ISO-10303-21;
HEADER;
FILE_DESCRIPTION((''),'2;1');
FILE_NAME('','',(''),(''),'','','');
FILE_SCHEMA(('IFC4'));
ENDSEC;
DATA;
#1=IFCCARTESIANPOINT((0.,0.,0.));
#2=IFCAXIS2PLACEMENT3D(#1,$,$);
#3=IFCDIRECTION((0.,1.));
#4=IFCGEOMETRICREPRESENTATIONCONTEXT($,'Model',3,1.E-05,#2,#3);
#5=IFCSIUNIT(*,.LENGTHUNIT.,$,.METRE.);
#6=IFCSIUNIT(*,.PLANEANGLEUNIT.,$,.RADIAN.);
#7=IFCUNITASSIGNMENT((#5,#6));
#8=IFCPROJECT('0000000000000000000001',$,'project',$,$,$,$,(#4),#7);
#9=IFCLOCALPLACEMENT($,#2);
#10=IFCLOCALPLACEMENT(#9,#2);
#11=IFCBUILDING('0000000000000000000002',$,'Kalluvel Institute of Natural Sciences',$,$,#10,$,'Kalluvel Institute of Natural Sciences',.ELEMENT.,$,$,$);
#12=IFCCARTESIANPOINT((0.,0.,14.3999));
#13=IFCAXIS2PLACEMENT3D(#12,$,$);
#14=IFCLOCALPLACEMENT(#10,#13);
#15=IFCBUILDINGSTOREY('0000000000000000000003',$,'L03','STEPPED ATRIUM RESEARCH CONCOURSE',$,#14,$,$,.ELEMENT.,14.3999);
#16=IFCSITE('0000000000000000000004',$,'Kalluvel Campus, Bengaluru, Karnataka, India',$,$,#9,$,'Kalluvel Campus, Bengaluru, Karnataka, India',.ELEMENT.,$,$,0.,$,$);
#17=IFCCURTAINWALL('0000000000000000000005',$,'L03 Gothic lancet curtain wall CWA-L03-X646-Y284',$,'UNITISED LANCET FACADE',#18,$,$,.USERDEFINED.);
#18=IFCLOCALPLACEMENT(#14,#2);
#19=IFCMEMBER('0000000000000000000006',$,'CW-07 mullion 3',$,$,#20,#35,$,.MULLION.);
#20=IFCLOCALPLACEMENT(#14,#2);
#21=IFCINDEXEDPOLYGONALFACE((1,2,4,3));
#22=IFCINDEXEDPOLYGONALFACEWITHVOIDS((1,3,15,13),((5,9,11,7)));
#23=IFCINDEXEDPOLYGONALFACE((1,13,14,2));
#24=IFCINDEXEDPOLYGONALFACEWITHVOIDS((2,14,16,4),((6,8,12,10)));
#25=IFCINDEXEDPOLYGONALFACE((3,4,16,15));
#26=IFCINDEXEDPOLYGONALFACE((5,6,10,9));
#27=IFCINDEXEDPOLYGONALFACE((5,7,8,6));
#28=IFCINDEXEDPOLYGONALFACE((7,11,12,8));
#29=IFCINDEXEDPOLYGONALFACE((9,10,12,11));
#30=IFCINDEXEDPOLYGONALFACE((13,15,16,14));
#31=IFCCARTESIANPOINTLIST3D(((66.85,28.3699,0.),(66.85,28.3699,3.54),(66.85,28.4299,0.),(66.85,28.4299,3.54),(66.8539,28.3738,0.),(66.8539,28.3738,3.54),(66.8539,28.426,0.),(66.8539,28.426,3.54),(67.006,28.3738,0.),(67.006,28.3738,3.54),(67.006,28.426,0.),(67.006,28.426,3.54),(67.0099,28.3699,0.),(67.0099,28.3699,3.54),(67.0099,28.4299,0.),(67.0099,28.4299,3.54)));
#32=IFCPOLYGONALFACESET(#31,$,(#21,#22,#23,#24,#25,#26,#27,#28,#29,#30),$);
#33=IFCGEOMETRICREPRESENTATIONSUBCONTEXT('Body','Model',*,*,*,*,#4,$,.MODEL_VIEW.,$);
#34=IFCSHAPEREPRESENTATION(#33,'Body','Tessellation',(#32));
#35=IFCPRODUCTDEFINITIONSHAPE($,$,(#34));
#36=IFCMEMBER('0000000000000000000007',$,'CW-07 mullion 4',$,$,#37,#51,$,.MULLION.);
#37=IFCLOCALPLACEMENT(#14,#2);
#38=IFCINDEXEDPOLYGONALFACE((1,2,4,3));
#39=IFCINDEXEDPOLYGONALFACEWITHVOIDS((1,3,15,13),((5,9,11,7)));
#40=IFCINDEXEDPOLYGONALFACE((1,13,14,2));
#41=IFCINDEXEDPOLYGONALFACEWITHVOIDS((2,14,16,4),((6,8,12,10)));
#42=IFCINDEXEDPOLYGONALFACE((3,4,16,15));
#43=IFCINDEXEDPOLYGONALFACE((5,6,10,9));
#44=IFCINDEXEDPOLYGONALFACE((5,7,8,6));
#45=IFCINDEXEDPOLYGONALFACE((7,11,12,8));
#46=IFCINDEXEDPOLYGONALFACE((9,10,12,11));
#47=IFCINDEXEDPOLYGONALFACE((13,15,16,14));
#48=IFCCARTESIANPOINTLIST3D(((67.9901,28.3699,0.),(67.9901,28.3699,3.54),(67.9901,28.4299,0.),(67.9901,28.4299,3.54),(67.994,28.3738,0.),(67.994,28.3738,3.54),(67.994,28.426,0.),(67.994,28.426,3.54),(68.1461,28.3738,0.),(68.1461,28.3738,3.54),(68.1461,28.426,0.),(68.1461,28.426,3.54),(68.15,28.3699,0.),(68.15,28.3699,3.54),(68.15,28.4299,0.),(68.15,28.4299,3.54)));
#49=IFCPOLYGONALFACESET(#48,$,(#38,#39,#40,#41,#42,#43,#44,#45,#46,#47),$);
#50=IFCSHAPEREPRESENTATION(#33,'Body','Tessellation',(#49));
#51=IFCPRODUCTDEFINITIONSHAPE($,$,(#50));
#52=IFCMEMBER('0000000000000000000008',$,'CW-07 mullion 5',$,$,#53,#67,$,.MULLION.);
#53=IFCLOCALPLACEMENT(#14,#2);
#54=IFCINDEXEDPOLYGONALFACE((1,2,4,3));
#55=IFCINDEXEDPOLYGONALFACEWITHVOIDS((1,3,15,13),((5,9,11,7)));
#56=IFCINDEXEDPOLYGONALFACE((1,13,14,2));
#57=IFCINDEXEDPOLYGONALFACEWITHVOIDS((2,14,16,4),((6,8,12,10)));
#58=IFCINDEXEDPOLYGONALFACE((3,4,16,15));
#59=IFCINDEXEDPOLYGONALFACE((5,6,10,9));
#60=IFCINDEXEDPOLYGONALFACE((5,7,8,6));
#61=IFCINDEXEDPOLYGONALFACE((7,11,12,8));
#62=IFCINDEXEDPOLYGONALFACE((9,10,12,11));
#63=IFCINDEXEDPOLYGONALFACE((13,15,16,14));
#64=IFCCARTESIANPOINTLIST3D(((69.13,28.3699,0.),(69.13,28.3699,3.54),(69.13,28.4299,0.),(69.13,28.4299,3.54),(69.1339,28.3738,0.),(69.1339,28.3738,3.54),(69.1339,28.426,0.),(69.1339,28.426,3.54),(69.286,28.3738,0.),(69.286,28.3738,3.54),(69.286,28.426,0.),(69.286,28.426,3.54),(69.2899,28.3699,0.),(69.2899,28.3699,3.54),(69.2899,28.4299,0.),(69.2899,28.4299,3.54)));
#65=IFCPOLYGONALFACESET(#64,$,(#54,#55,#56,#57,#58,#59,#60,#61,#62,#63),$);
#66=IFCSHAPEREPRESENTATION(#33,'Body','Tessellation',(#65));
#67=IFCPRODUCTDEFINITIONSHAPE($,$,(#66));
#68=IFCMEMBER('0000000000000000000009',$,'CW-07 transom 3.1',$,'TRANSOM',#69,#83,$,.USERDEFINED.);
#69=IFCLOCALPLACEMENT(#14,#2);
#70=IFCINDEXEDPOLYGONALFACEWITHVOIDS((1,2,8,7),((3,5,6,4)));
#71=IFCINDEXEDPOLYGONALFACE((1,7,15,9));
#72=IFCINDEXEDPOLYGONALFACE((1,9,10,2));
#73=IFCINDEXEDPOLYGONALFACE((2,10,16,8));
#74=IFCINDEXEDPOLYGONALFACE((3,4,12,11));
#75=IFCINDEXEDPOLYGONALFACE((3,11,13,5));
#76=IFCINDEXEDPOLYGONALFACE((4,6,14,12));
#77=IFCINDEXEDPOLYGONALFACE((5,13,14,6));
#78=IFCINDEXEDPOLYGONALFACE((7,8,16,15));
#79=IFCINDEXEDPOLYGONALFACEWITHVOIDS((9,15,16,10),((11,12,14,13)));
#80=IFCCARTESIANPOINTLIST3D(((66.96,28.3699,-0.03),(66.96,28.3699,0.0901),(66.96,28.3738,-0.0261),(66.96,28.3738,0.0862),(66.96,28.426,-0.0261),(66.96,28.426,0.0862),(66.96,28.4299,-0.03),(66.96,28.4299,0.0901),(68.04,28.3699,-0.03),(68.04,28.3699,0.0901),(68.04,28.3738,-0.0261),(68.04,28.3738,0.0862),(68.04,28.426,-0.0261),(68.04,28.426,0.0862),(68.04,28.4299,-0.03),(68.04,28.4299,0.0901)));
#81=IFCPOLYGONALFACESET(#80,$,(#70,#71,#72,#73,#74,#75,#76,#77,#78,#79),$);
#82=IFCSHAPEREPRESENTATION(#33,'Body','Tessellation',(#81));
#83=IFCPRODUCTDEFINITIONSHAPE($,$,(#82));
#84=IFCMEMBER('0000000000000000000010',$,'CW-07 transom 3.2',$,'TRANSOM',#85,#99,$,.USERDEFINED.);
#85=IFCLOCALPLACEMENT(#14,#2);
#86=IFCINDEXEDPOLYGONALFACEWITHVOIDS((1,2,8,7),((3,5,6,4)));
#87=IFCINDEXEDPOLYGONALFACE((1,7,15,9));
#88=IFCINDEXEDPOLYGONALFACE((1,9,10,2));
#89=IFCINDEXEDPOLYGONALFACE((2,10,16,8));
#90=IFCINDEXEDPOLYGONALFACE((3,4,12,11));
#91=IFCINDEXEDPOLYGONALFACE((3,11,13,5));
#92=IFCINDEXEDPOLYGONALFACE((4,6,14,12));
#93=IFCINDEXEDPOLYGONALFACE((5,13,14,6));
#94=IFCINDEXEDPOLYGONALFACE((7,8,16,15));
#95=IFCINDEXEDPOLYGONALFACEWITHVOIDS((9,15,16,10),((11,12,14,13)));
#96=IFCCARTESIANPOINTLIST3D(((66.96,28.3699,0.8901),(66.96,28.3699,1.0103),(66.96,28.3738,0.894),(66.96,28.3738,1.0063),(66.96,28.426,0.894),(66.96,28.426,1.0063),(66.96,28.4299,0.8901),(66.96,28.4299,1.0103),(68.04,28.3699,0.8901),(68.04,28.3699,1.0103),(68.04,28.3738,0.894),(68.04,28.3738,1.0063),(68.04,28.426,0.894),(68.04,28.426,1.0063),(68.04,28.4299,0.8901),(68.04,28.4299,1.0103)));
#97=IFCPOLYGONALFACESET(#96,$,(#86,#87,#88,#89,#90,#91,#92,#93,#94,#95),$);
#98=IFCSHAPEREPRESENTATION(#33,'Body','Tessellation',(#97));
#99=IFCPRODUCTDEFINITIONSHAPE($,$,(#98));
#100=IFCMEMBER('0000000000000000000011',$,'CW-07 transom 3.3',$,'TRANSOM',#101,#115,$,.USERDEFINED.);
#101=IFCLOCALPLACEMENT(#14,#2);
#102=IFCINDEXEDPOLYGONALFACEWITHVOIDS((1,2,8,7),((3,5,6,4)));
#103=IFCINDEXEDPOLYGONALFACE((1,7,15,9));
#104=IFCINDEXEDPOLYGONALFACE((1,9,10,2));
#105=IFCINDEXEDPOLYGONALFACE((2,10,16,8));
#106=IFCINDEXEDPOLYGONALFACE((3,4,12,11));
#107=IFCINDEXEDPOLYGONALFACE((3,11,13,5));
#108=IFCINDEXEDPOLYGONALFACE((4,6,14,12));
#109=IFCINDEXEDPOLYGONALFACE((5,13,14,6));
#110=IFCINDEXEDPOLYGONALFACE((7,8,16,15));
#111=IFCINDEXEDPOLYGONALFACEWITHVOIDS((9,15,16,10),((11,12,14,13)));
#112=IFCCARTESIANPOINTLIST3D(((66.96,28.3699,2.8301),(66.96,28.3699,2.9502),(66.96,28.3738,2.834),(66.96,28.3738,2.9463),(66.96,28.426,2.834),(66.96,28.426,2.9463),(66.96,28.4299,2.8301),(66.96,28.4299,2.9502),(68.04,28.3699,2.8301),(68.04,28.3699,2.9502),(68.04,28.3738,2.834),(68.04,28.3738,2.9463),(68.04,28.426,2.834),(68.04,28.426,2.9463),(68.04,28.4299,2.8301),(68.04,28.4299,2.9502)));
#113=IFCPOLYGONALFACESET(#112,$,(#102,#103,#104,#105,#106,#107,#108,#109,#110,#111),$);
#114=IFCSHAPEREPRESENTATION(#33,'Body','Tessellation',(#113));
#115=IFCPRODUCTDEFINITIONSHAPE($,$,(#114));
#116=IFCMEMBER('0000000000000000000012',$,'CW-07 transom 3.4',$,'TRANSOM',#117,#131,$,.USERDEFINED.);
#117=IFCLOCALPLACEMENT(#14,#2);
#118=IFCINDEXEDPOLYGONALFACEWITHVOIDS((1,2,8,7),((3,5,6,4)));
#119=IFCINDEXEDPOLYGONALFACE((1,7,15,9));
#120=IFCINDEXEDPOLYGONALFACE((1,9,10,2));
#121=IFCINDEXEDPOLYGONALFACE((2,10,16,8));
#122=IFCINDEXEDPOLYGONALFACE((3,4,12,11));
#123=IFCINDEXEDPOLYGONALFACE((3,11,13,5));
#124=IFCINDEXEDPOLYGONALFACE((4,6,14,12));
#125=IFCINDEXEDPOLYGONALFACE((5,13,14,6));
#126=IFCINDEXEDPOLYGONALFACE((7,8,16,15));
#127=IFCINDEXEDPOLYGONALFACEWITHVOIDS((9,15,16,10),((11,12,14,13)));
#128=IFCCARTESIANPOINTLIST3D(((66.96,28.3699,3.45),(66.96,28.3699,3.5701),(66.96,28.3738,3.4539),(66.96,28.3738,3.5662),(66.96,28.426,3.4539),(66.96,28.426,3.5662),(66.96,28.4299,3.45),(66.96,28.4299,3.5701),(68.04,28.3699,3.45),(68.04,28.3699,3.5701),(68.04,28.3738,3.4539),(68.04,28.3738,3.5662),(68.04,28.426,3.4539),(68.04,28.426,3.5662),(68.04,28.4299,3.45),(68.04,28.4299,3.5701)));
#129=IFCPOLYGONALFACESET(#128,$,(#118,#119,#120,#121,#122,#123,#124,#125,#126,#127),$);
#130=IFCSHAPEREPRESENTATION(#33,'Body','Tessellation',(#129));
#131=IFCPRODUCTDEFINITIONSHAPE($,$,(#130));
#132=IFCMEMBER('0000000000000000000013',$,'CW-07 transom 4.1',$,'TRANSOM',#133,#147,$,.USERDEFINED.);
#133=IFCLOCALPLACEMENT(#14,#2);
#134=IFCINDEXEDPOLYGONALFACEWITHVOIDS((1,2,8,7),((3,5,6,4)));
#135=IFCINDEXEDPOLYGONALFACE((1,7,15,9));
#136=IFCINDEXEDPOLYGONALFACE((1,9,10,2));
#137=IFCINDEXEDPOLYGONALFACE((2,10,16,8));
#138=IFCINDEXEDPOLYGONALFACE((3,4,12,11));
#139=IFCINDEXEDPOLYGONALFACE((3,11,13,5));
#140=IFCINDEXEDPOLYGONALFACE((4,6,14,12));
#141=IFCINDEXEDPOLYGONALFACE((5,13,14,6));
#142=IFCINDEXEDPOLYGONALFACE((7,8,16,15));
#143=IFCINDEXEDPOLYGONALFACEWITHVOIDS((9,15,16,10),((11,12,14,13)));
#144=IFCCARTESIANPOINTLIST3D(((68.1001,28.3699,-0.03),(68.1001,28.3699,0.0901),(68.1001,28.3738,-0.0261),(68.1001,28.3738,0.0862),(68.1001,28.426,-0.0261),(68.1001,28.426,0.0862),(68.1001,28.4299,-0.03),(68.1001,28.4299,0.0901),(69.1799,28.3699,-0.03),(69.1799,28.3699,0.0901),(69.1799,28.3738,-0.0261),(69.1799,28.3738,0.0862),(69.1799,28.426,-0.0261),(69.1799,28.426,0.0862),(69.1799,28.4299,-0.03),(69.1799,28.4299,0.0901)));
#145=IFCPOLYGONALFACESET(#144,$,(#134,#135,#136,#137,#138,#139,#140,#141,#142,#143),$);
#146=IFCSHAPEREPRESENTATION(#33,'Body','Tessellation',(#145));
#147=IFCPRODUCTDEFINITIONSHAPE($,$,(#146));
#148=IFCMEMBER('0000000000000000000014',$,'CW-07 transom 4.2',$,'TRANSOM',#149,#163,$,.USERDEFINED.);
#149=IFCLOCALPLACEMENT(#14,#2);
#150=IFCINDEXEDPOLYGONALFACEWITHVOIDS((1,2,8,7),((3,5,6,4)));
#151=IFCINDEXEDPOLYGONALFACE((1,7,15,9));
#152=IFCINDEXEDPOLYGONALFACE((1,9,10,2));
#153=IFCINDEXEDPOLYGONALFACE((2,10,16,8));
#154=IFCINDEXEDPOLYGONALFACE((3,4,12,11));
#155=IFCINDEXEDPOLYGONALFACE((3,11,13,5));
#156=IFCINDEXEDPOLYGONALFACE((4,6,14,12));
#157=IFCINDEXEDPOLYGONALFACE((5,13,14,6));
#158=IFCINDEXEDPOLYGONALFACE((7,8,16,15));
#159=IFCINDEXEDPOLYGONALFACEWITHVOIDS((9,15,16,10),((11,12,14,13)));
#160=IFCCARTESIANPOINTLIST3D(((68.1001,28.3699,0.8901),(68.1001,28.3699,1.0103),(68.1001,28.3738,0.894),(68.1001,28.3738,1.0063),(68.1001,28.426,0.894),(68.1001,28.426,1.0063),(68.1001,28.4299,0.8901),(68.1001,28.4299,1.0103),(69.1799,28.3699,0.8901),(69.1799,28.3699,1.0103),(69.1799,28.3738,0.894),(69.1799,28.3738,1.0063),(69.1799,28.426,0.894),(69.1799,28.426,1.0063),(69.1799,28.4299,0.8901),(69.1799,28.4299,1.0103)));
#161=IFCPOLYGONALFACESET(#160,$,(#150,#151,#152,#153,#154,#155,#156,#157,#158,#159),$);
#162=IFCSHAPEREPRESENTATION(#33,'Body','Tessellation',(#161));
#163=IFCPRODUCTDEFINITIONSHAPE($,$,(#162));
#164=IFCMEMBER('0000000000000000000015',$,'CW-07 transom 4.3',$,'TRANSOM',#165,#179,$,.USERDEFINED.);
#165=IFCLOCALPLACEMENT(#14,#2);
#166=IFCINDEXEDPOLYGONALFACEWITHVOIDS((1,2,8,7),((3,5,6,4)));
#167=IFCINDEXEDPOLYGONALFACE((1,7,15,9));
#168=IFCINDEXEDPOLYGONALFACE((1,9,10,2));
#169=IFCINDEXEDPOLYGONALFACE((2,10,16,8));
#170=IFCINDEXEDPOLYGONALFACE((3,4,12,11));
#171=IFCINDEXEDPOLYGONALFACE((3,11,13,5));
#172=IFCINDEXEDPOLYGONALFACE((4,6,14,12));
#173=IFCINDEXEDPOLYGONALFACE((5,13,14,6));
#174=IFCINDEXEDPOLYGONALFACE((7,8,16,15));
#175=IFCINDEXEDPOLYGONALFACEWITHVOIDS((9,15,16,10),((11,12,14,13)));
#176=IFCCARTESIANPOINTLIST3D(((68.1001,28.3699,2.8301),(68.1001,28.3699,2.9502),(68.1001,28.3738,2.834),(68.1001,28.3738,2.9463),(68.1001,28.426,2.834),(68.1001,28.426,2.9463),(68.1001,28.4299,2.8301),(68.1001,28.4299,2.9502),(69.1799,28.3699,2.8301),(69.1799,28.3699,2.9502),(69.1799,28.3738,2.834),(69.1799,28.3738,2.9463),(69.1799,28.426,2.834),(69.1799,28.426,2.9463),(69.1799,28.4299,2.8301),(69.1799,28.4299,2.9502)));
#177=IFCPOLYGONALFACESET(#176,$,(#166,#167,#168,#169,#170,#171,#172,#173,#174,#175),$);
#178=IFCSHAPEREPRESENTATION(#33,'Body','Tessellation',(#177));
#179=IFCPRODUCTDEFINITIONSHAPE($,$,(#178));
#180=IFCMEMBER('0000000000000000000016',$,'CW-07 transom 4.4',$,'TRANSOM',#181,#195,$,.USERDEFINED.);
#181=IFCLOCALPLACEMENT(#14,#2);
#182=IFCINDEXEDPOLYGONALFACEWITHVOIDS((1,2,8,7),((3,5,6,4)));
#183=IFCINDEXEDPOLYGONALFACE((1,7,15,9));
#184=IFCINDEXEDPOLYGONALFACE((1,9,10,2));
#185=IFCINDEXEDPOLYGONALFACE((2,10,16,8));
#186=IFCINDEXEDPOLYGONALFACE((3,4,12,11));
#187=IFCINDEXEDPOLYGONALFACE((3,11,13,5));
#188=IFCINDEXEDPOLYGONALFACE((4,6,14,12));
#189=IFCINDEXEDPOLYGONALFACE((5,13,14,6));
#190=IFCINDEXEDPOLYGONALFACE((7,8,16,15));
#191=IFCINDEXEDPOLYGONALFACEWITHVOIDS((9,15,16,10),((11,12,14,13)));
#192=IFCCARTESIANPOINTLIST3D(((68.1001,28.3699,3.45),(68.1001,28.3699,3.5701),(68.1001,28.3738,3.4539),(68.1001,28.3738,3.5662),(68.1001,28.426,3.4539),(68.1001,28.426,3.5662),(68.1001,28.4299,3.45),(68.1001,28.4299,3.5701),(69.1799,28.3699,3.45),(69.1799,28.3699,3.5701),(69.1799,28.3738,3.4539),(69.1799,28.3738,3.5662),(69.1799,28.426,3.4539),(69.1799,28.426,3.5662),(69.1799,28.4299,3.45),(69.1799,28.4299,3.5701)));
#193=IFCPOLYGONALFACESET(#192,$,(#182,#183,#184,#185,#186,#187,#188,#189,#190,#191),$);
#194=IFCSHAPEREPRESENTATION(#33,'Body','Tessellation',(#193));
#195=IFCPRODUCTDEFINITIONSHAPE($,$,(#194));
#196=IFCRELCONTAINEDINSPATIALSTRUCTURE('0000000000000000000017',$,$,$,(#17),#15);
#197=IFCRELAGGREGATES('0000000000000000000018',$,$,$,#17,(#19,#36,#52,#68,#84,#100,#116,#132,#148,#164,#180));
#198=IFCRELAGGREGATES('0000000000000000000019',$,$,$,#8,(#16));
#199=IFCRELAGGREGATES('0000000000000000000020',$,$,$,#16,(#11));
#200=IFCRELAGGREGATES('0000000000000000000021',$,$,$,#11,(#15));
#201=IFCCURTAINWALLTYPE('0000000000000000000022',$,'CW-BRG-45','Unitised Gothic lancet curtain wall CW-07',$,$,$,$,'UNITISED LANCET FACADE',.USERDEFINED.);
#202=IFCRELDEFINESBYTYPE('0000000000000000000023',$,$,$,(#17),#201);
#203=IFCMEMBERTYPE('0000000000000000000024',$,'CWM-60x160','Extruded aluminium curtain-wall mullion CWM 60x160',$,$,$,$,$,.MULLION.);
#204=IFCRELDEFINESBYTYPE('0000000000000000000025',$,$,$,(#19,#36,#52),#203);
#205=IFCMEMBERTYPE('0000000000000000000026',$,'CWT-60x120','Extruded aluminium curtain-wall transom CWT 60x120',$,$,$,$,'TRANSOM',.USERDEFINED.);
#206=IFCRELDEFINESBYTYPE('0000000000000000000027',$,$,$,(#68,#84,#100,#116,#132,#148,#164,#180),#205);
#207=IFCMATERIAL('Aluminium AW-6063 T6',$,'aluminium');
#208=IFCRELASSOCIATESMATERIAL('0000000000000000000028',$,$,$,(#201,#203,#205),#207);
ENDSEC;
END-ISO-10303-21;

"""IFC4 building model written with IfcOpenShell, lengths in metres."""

from ifc_helpers import new_model, si_unit, direction, frame, origin, origin_2d, place, context, subcontext, project, spatial, hollow_rectangle, extrude, material, material_profile, profile_set, type_object, element, aggregate, save


model = new_model("IFC4")

# Units and contexts
model_context = context("Model", 3, precision=1e-05, world=origin(), true_north=direction((0.0, 1.0)))
body_context = subcontext(model_context, "Body", "Model", "MODEL_VIEW")
ifc_project = project(units=[si_unit("LENGTHUNIT", "METRE"), si_unit("PLANEANGLEUNIT", "RADIAN")], contexts=[model_context])

# Site, building, storey
site_placement = place(None, origin())
site = spatial("IfcSite", under=ifc_project, at=site_placement, Name="Kalluvel Campus, Bengaluru, Karnataka, India", LongName="Kalluvel Campus, Bengaluru, Karnataka, India", CompositionType="ELEMENT", RefElevation=0.0)
building_placement = place(site_placement, origin())
building = spatial("IfcBuilding", under=site, at=building_placement, Name="Kalluvel Institute of Natural Sciences", LongName="Kalluvel Institute of Natural Sciences", CompositionType="ELEMENT")
storey_placement = place(building_placement, frame((0.0, 0.0, 14.3999)))
storey = spatial("IfcBuildingStorey", under=building, at=storey_placement, Name="L03", Description="STEPPED ATRIUM RESEARCH CONCOURSE", CompositionType="ELEMENT", Elevation=14.3999)

# Curtain wall, members
ifc_material_1 = material(Name="Aluminium AW-6063 T6", Category="aluminium")
curtain_wall_type = type_object("IfcCurtainWallType", Name="CW-BRG-45", Description="Unitised Gothic lancet curtain wall CW-07", ElementType="UNITISED LANCET FACADE", PredefinedType="USERDEFINED", material=ifc_material_1)
curtain_wall_placement = place(storey_placement, origin())
curtain_wall = element("IfcCurtainWall", 1, at=curtain_wall_placement, inside=storey, type_object=curtain_wall_type, Name="L03 Gothic lancet curtain wall CWA-L03-X646-Y284", ObjectType="UNITISED LANCET FACADE", PredefinedType="USERDEFINED")
ifc_material_profile_1 = material_profile(ifc_material_1, hollow_rectangle(XDim=0.0601, YDim=0.1599, WallThickness=0.0039, at=origin_2d()), Name="CWM 60x160")
ifc_profile_set_1 = profile_set([ifc_material_profile_1], Name="Aluminium AW-6063 T6")
member_type_1 = type_object("IfcMemberType", Name="CWM-60x160", Description="Extruded aluminium curtain-wall mullion CWM 60x160", PredefinedType="MULLION", material=ifc_profile_set_1)
member_1_placement = place(storey_placement, frame((66.9299, 28.3999, 0.0), z_axis=(0.0, 0.0, 1.0), x_axis=(0.0, 1.0, 0.0)))
member_1 = element("IfcMember", 2, at=member_1_placement, type_object=member_type_1, Name="CW-07 mullion 3", PredefinedType="MULLION", context=body_context, shape_type="SweptSolid", body=[
    extrude(hollow_rectangle(XDim=0.0601, YDim=0.1599, WallThickness=0.0039, at=origin_2d()), origin(), (0.0, 0.0, 1.0), 3.54),
])
member_2_placement = place(storey_placement, frame((68.0701, 28.3999, 0.0), z_axis=(0.0, 0.0, 1.0), x_axis=(0.0, 1.0, 0.0)))
member_2 = element("IfcMember", 3, at=member_2_placement, type_object=member_type_1, Name="CW-07 mullion 4", PredefinedType="MULLION", context=body_context, shape_type="SweptSolid", body=[
    extrude(hollow_rectangle(XDim=0.0601, YDim=0.1599, WallThickness=0.0039, at=origin_2d()), origin(), (0.0, 0.0, 1.0), 3.54),
])
member_3_placement = place(storey_placement, frame((69.21, 28.3999, 0.0), z_axis=(0.0, 0.0, 1.0), x_axis=(0.0, 1.0, 0.0)))
member_3 = element("IfcMember", 4, at=member_3_placement, type_object=member_type_1, Name="CW-07 mullion 5", PredefinedType="MULLION", context=body_context, shape_type="SweptSolid", body=[
    extrude(hollow_rectangle(XDim=0.0601, YDim=0.1599, WallThickness=0.0039, at=origin_2d()), origin(), (0.0, 0.0, 1.0), 3.54),
])
ifc_material_profile_2 = material_profile(ifc_material_1, hollow_rectangle(XDim=0.0601, YDim=0.1201, WallThickness=0.0039, at=origin_2d()), Name="CWT 60x120")
ifc_profile_set_2 = profile_set([ifc_material_profile_2], Name="Aluminium AW-6063 T6")
member_type_2 = type_object("IfcMemberType", Name="CWT-60x120", Description="Extruded aluminium curtain-wall transom CWT 60x120", ElementType="TRANSOM", PredefinedType="USERDEFINED", material=ifc_profile_set_2)
member_4_placement = place(storey_placement, frame((66.96, 28.3999, 0.03), z_axis=(1.0, 0.0, 0.0), x_axis=(0.0, 1.0, 0.0)))
member_4 = element("IfcMember", 5, at=member_4_placement, type_object=member_type_2, Name="CW-07 transom 3.1", ObjectType="TRANSOM", PredefinedType="USERDEFINED", context=body_context, shape_type="SweptSolid", body=[
    extrude(hollow_rectangle(XDim=0.0601, YDim=0.1201, WallThickness=0.0039, at=origin_2d()), origin(), (0.0, 0.0, 1.0), 1.0801),
])
member_5_placement = place(storey_placement, frame((66.96, 28.3999, 0.9502), z_axis=(1.0, 0.0, 0.0), x_axis=(0.0, 1.0, 0.0)))
member_5 = element("IfcMember", 6, at=member_5_placement, type_object=member_type_2, Name="CW-07 transom 3.2", ObjectType="TRANSOM", PredefinedType="USERDEFINED", context=body_context, shape_type="SweptSolid", body=[
    extrude(hollow_rectangle(XDim=0.0601, YDim=0.1201, WallThickness=0.0039, at=origin_2d()), origin(), (0.0, 0.0, 1.0), 1.0801),
])
member_6_placement = place(storey_placement, frame((66.96, 28.3999, 2.8901), z_axis=(1.0, 0.0, 0.0), x_axis=(0.0, 1.0, 0.0)))
member_6 = element("IfcMember", 7, at=member_6_placement, type_object=member_type_2, Name="CW-07 transom 3.3", ObjectType="TRANSOM", PredefinedType="USERDEFINED", context=body_context, shape_type="SweptSolid", body=[
    extrude(hollow_rectangle(XDim=0.0601, YDim=0.1201, WallThickness=0.0039, at=origin_2d()), origin(), (0.0, 0.0, 1.0), 1.0801),
])
member_7_placement = place(storey_placement, frame((66.96, 28.3999, 3.51), z_axis=(1.0, 0.0, 0.0), x_axis=(0.0, 1.0, 0.0)))
member_7 = element("IfcMember", 8, at=member_7_placement, type_object=member_type_2, Name="CW-07 transom 3.4", ObjectType="TRANSOM", PredefinedType="USERDEFINED", context=body_context, shape_type="SweptSolid", body=[
    extrude(hollow_rectangle(XDim=0.0601, YDim=0.1201, WallThickness=0.0039, at=origin_2d()), origin(), (0.0, 0.0, 1.0), 1.0801),
])
member_8_placement = place(storey_placement, frame((68.1001, 28.3999, 0.03), z_axis=(1.0, 0.0, 0.0), x_axis=(0.0, 1.0, 0.0)))
member_8 = element("IfcMember", 9, at=member_8_placement, type_object=member_type_2, Name="CW-07 transom 4.1", ObjectType="TRANSOM", PredefinedType="USERDEFINED", context=body_context, shape_type="SweptSolid", body=[
    extrude(hollow_rectangle(XDim=0.0601, YDim=0.1201, WallThickness=0.0039, at=origin_2d()), origin(), (0.0, 0.0, 1.0), 1.0798),
])
member_9_placement = place(storey_placement, frame((68.1001, 28.3999, 0.9502), z_axis=(1.0, 0.0, 0.0), x_axis=(0.0, 1.0, 0.0)))
member_9 = element("IfcMember", 10, at=member_9_placement, type_object=member_type_2, Name="CW-07 transom 4.2", ObjectType="TRANSOM", PredefinedType="USERDEFINED", context=body_context, shape_type="SweptSolid", body=[
    extrude(hollow_rectangle(XDim=0.0601, YDim=0.1201, WallThickness=0.0039, at=origin_2d()), origin(), (0.0, 0.0, 1.0), 1.0798),
])
member_10_placement = place(storey_placement, frame((68.1001, 28.3999, 2.8901), z_axis=(1.0, 0.0, 0.0), x_axis=(0.0, 1.0, 0.0)))
member_10 = element("IfcMember", 11, at=member_10_placement, type_object=member_type_2, Name="CW-07 transom 4.3", ObjectType="TRANSOM", PredefinedType="USERDEFINED", context=body_context, shape_type="SweptSolid", body=[
    extrude(hollow_rectangle(XDim=0.0601, YDim=0.1201, WallThickness=0.0039, at=origin_2d()), origin(), (0.0, 0.0, 1.0), 1.0798),
])
member_11_placement = place(storey_placement, frame((68.1001, 28.3999, 3.51), z_axis=(1.0, 0.0, 0.0), x_axis=(0.0, 1.0, 0.0)))
member_11 = element("IfcMember", 12, at=member_11_placement, type_object=member_type_2, Name="CW-07 transom 4.4", ObjectType="TRANSOM", PredefinedType="USERDEFINED", context=body_context, shape_type="SweptSolid", body=[
    extrude(hollow_rectangle(XDim=0.0601, YDim=0.1201, WallThickness=0.0039, at=origin_2d()), origin(), (0.0, 0.0, 1.0), 1.0798),
])
aggregate(curtain_wall, [member_1, member_2, member_3, member_4, member_5, member_6, member_7, member_8, member_9, member_10, member_11])

save(model, "model.ifc")
